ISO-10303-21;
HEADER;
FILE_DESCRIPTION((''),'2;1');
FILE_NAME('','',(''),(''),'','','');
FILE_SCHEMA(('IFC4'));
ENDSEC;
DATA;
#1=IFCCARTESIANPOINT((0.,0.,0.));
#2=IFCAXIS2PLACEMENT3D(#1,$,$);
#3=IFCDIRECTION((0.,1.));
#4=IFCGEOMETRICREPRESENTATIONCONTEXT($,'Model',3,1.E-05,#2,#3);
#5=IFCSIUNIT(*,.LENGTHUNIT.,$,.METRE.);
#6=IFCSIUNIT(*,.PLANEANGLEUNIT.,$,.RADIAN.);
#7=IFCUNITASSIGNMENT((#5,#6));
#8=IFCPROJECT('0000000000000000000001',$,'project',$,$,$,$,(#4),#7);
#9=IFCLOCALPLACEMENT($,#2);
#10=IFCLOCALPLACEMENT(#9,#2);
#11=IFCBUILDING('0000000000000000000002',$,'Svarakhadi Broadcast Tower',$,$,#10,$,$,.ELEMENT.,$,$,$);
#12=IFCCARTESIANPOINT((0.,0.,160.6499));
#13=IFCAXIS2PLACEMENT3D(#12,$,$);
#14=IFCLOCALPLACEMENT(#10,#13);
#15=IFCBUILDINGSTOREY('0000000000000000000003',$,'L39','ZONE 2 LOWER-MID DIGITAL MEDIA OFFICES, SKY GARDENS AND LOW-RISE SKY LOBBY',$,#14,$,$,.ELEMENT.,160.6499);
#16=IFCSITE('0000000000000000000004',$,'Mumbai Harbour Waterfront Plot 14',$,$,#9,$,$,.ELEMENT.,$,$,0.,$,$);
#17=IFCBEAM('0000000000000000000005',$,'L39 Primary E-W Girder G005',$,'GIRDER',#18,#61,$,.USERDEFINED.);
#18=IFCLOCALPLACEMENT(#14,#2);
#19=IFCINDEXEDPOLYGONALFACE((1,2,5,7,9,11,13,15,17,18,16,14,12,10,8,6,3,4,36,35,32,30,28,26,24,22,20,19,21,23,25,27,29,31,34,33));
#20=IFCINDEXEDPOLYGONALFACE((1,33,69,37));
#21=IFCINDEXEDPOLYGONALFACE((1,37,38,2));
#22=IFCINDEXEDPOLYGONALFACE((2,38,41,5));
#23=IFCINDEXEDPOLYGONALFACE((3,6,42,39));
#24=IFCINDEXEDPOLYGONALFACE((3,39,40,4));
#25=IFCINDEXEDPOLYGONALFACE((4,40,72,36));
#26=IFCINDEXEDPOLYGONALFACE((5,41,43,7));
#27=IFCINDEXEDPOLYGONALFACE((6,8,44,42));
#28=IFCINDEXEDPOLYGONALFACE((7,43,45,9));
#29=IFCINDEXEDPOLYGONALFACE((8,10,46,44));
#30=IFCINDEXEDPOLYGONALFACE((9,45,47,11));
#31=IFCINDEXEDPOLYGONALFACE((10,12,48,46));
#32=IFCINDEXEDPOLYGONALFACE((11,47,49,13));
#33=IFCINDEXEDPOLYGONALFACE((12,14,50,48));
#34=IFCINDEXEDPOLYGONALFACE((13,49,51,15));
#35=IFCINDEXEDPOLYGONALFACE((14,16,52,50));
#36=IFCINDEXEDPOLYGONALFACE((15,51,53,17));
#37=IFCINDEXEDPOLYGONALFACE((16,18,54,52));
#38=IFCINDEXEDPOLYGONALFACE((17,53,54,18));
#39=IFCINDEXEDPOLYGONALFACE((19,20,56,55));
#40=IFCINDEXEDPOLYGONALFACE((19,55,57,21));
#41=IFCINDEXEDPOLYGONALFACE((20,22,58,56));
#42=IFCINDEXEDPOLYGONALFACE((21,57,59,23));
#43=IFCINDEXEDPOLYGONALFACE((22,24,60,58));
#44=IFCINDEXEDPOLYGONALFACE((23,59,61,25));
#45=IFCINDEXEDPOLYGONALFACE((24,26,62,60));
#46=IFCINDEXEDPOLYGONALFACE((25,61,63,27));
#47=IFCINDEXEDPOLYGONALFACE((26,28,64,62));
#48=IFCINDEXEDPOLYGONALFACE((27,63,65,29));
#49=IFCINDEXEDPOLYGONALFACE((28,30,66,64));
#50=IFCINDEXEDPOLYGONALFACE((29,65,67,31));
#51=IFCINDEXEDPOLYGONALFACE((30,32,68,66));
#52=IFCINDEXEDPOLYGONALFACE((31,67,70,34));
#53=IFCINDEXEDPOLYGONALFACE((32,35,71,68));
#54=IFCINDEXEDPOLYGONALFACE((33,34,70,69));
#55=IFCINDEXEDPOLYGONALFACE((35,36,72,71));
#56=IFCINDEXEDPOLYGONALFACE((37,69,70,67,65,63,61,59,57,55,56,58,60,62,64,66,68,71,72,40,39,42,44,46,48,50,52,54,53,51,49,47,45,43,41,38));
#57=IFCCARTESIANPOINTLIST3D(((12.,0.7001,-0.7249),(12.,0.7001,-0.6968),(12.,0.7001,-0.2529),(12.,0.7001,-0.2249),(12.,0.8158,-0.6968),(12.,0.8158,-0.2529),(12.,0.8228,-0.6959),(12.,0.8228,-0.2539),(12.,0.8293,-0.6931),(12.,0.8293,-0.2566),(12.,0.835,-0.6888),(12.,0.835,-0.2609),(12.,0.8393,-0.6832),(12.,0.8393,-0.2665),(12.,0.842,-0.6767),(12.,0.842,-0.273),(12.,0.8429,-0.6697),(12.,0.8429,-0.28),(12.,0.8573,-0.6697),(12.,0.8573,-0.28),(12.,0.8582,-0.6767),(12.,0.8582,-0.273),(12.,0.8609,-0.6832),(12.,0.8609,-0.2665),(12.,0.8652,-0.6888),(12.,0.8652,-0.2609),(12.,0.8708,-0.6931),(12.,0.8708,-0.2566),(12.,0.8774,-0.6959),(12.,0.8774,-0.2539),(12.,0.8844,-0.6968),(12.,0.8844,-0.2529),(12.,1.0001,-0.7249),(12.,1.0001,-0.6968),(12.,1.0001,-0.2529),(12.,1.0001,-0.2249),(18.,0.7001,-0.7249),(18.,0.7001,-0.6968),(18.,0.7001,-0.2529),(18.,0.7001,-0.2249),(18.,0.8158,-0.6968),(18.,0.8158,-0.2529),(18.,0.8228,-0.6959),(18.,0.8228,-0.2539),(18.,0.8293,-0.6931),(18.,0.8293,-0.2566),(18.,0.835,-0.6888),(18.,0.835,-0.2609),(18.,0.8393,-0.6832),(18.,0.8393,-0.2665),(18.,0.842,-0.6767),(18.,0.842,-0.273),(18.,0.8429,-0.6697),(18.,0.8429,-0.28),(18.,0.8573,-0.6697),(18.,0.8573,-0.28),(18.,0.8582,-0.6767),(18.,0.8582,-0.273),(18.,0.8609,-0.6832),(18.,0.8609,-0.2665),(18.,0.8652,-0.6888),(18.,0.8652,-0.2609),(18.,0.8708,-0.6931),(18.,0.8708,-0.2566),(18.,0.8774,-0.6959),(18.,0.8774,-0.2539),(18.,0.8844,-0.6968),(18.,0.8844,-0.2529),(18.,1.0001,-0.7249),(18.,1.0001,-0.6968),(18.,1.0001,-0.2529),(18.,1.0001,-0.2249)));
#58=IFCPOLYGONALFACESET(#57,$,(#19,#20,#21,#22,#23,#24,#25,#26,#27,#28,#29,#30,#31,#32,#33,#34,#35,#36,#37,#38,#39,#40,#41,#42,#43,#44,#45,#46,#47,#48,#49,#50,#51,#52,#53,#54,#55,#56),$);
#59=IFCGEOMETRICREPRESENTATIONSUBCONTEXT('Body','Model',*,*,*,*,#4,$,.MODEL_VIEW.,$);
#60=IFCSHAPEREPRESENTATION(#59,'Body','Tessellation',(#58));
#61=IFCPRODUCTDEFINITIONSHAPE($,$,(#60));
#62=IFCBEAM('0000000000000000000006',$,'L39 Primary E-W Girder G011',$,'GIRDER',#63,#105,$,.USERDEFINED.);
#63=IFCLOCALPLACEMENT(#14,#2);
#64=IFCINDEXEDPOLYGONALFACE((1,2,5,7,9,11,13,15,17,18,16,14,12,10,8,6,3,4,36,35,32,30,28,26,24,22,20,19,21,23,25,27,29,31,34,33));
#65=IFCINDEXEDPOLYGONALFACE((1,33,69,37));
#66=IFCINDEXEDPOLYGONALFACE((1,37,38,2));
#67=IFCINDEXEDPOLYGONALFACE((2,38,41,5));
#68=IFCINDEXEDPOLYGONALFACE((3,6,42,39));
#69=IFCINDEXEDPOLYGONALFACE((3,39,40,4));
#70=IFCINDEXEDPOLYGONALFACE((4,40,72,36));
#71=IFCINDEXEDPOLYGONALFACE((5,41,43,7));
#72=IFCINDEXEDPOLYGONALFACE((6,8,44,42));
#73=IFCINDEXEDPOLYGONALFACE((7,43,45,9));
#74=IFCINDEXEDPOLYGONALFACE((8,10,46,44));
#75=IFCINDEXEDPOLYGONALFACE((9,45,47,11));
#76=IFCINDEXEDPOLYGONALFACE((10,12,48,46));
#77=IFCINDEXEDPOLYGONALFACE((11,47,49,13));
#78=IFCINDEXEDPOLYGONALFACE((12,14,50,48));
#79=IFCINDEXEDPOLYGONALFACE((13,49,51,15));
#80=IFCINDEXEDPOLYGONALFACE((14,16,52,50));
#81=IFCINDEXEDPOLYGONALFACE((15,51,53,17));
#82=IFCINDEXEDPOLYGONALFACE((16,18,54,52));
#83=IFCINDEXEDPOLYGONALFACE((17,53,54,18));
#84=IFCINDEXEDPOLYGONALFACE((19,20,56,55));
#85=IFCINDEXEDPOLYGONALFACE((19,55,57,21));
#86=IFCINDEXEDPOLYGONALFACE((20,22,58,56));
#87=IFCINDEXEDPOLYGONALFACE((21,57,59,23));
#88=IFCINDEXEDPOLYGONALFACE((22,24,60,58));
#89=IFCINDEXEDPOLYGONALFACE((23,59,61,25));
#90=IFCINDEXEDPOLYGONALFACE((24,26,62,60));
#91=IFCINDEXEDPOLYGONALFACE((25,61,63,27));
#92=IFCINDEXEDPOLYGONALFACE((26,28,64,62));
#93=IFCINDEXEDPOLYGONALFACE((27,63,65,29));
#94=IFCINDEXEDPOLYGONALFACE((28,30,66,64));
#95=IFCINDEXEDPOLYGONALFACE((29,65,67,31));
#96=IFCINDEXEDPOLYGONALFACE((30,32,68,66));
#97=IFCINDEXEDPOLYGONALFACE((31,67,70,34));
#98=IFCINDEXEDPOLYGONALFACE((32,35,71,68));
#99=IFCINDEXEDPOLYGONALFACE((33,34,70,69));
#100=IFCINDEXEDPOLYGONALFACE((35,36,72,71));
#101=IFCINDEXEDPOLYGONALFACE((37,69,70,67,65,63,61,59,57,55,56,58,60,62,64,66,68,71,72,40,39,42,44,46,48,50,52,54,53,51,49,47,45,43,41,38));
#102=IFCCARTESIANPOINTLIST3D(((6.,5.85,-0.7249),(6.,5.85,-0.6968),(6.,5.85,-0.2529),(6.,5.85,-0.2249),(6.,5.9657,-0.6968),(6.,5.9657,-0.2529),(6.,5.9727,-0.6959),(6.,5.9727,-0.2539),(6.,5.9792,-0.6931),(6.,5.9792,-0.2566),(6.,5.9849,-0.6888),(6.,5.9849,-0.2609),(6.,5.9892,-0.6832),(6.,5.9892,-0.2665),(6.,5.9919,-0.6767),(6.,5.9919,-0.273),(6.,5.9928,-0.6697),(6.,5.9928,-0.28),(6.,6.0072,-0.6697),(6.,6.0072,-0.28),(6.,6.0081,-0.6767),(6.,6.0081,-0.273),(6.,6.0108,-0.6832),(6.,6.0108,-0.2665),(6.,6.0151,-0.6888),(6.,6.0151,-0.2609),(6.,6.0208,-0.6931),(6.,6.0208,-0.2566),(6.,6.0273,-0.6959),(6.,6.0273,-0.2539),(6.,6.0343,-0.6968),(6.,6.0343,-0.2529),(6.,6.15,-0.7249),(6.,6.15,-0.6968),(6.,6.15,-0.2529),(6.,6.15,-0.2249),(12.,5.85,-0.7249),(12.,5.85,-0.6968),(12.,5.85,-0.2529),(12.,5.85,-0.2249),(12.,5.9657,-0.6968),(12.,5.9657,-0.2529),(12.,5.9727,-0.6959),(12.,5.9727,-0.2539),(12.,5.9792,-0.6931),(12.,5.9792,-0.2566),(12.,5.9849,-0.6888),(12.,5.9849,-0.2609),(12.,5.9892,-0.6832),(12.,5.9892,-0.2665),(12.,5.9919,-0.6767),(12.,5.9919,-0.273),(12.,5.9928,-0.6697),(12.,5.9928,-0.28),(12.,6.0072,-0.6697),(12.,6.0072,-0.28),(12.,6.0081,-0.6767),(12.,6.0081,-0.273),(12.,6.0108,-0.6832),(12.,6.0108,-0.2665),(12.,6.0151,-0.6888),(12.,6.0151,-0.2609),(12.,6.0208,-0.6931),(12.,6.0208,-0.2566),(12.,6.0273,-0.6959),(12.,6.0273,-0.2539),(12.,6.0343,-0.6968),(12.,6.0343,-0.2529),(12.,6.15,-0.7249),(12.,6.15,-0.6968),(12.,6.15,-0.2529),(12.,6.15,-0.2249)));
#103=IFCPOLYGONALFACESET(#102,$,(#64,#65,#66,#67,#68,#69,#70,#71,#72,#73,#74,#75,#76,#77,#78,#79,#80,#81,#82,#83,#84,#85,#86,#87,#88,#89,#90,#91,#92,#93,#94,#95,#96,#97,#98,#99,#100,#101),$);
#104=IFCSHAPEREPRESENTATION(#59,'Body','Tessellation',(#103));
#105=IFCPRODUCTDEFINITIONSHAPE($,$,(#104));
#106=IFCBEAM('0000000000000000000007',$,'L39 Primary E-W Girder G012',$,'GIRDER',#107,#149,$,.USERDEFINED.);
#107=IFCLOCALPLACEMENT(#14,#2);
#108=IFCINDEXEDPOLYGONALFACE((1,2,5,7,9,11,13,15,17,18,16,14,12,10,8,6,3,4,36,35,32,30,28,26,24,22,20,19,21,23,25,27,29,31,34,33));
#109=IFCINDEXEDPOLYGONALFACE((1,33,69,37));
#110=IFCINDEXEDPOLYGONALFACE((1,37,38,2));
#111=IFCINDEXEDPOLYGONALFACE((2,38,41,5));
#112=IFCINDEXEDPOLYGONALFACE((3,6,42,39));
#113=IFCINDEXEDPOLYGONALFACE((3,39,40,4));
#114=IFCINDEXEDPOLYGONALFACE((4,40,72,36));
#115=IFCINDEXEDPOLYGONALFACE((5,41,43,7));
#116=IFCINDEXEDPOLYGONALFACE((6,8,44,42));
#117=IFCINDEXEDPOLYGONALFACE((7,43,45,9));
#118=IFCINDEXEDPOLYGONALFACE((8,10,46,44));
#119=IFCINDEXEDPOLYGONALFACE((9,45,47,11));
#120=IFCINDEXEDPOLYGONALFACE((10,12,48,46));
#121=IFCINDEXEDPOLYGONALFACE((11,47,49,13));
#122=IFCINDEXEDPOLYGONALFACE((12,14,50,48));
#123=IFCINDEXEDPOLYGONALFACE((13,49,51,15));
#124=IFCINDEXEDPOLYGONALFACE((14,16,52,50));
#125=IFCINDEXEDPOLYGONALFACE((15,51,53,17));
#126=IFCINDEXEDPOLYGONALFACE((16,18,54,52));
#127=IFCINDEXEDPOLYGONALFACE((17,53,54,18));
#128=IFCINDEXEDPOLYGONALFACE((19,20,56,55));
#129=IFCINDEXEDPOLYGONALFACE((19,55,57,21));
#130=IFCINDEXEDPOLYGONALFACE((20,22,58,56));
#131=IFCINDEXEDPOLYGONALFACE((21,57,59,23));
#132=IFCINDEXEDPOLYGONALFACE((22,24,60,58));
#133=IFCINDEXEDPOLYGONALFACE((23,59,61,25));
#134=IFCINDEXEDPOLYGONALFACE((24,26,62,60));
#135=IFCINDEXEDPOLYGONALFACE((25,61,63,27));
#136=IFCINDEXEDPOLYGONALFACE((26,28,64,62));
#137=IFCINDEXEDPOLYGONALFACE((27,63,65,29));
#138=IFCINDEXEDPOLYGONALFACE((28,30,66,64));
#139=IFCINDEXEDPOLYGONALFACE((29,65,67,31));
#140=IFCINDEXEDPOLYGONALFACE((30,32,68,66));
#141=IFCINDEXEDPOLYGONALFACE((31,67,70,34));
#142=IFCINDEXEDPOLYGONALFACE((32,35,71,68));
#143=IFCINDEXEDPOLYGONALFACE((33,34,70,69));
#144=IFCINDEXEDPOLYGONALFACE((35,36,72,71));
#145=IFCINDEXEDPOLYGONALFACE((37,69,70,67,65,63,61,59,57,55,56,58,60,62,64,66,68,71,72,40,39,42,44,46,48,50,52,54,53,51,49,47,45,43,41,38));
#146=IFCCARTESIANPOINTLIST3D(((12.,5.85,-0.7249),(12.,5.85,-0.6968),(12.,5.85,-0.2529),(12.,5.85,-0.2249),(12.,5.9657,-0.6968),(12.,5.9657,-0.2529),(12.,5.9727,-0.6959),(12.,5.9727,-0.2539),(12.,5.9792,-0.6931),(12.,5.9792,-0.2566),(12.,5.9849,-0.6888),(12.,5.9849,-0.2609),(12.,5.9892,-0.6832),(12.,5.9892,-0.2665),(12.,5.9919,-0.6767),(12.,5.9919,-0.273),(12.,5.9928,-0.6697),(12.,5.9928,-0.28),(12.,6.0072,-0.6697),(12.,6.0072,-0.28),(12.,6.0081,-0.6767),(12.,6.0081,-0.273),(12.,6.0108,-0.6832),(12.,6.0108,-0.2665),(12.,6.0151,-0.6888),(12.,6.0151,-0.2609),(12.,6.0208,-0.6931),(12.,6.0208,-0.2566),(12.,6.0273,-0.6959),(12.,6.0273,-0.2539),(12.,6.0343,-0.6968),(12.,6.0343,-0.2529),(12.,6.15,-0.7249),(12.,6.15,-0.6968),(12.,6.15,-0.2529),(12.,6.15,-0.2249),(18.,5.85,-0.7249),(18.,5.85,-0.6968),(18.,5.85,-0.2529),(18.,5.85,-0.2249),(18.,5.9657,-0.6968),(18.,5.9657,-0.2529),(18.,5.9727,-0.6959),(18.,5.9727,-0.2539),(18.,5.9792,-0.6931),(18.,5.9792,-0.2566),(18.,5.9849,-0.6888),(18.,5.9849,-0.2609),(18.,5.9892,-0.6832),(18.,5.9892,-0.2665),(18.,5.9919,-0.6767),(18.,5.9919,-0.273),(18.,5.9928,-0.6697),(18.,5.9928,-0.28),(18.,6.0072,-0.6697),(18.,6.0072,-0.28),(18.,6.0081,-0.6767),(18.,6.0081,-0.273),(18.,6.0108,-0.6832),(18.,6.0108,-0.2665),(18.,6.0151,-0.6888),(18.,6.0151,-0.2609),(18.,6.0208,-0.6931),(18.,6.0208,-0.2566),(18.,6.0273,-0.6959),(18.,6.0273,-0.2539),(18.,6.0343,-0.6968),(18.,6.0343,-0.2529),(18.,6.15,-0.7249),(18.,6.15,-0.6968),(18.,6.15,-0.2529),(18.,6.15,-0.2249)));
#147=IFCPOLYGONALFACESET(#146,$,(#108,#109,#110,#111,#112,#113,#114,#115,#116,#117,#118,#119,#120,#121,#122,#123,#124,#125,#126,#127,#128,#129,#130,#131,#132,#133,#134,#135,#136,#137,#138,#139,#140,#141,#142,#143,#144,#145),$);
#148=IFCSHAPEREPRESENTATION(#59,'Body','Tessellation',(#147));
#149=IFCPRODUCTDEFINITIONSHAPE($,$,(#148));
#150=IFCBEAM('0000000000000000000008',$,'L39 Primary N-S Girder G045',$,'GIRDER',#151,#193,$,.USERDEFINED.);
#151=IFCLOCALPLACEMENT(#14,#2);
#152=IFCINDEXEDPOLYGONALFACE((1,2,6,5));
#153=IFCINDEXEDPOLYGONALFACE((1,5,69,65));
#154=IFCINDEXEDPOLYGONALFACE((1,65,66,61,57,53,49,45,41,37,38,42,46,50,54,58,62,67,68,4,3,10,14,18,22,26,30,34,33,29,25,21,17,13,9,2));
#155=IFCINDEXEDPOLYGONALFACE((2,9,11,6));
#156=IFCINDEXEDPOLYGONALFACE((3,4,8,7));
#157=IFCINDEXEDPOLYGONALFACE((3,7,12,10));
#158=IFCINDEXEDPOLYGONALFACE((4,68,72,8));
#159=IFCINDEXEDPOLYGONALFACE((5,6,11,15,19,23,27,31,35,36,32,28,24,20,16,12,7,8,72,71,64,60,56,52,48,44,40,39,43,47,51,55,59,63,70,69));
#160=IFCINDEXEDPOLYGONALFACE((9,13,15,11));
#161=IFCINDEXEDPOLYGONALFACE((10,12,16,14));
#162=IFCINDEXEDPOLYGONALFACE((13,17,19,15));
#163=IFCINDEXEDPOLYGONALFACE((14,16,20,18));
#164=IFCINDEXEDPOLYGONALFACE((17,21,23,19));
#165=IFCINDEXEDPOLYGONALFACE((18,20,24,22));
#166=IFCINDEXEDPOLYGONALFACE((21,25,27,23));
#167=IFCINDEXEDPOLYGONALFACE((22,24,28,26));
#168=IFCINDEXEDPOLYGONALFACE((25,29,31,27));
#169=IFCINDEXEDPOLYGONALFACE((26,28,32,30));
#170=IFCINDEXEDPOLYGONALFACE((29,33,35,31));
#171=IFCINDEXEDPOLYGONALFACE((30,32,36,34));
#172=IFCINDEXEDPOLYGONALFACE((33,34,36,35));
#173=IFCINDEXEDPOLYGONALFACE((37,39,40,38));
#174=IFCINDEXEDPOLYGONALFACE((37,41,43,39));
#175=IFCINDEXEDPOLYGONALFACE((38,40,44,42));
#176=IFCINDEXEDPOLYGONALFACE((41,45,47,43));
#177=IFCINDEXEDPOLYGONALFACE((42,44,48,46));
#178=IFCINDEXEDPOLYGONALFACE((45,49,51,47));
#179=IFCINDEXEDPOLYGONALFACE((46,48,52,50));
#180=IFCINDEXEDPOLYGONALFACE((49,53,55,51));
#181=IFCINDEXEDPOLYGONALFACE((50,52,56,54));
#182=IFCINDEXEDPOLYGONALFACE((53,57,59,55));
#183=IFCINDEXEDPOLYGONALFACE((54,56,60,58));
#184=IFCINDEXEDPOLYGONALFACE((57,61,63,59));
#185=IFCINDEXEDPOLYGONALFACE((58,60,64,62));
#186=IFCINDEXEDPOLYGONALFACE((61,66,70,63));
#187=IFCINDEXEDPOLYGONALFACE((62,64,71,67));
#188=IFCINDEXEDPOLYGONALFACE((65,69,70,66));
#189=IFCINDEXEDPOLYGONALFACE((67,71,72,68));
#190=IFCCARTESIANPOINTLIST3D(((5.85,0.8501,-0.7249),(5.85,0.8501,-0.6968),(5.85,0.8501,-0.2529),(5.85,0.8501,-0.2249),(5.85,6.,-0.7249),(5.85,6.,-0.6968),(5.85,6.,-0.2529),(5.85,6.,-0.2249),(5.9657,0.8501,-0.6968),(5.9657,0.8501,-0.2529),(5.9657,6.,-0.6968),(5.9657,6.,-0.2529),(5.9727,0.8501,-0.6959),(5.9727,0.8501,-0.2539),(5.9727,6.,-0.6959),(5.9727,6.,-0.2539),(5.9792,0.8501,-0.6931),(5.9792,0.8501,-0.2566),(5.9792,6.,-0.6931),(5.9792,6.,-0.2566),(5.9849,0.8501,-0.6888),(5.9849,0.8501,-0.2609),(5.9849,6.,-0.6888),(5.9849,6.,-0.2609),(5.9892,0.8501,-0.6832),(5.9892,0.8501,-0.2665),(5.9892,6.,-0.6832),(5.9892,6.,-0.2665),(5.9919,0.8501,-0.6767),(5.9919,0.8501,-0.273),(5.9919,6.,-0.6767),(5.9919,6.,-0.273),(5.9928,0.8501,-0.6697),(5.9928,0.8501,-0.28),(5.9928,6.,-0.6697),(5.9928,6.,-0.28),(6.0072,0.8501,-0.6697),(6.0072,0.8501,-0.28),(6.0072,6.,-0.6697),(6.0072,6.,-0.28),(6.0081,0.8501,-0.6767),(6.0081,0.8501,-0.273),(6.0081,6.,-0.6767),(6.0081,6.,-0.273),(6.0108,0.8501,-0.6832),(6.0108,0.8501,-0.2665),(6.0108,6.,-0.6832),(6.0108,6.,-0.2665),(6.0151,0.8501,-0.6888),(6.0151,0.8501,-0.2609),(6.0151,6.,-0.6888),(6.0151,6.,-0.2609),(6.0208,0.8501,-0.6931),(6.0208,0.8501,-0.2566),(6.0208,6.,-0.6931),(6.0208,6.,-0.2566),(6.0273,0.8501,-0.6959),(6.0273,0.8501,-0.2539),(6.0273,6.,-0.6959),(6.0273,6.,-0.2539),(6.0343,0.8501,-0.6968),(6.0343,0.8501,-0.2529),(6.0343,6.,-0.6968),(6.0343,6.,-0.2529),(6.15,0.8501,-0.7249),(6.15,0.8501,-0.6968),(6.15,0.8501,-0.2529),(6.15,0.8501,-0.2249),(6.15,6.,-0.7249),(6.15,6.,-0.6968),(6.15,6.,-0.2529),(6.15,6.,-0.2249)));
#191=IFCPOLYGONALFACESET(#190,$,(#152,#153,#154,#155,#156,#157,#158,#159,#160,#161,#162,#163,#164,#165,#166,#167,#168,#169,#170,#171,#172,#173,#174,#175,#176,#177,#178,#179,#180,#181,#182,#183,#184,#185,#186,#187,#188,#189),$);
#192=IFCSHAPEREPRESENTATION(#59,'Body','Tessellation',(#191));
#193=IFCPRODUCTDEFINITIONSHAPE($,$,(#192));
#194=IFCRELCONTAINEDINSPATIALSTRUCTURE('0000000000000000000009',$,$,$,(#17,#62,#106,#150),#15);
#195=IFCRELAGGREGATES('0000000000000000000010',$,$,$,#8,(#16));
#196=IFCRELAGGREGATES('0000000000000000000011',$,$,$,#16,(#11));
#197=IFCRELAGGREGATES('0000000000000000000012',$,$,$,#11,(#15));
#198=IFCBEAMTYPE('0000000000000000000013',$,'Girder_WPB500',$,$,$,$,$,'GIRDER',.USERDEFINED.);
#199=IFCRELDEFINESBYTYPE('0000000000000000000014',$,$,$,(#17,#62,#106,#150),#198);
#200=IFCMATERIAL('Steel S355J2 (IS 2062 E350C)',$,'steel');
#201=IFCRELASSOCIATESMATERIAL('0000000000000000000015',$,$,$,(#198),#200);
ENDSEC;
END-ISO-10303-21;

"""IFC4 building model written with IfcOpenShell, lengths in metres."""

from ifc_helpers import new_model, si_unit, direction, frame, origin, origin_2d, place, context, subcontext, project, spatial, i_section, extrude, material, material_profile, profile_set, type_object, element, save


model = new_model("IFC4")

# Units and contexts
model_context = context("Model", 3, precision=1e-05, world=origin(), true_north=direction((0.0, 1.0)))
body_context = subcontext(model_context, "Body", "Model", "MODEL_VIEW")
ifc_project = project(units=[si_unit("LENGTHUNIT", "METRE"), si_unit("PLANEANGLEUNIT", "RADIAN")], contexts=[model_context])

# Site, building, storey
site_placement = place(None, origin())
site = spatial("IfcSite", under=ifc_project, at=site_placement, Name="Mumbai Harbour Waterfront Plot 14", CompositionType="ELEMENT", RefElevation=0.0)
building_placement = place(site_placement, origin())
building = spatial("IfcBuilding", under=site, at=building_placement, Name="Svarakhadi Broadcast Tower", CompositionType="ELEMENT")
storey_placement = place(building_placement, frame((0.0, 0.0, 160.6499)))
storey = spatial("IfcBuildingStorey", under=building, at=storey_placement, Name="L39", Description="ZONE 2 LOWER-MID DIGITAL MEDIA OFFICES, SKY GARDENS AND LOW-RISE SKY LOBBY", CompositionType="ELEMENT", Elevation=160.6499)

# Shared definitions
ifc_material_1 = material(Name="Steel S355J2 (IS 2062 E350C)", Category="steel")

# Beams
ifc_material_profile_1 = material_profile(ifc_material_1, i_section(OverallWidth=0.3, OverallDepth=0.5, WebThickness=0.0144, FlangeThickness=0.0281, FilletRadius=0.0271, at=origin_2d()), Name="WPB 500x300x187")
ifc_profile_set_1 = profile_set([ifc_material_profile_1], Name="Steel S355J2 (IS 2062 E350C)")
beam_type_1 = type_object("IfcBeamType", Name="Girder_WPB500", ElementType="GIRDER", PredefinedType="USERDEFINED", material=ifc_profile_set_1)
for number, where, z_axis, x_axis, name in (
    (1, (12.0, 0.8501, -0.4749), (1.0, 0.0, 0.0), (0.0, 1.0, 0.0), "L39 Primary E-W Girder G005"),
    (2, (6.0, 6.0, -0.4749), (1.0, 0.0, 0.0), (0.0, 1.0, 0.0), "L39 Primary E-W Girder G011"),
    (3, (12.0, 6.0, -0.4749), (1.0, 0.0, 0.0), (0.0, 1.0, 0.0), "L39 Primary E-W Girder G012"),
):
    element("IfcBeam", number, at=place(storey_placement, frame(where, z_axis=z_axis, x_axis=x_axis)), inside=storey, type_object=beam_type_1, Name=name, ObjectType="GIRDER", PredefinedType="USERDEFINED", context=body_context, shape_type="SweptSolid", body=[
        extrude(i_section(OverallWidth=0.3, OverallDepth=0.5, WebThickness=0.0144, FlangeThickness=0.0281, FilletRadius=0.0271, at=origin_2d()), origin(), (0.0, 0.0, 1.0), 6.0),
    ])
beam_1_placement = place(storey_placement, frame((6.0, 0.8501, -0.4749), z_axis=(0.0, 1.0, 0.0), x_axis=(-1.0, 0.0, 0.0)))
element("IfcBeam", 4, at=beam_1_placement, inside=storey, type_object=beam_type_1, Name="L39 Primary N-S Girder G045", ObjectType="GIRDER", PredefinedType="USERDEFINED", context=body_context, shape_type="SweptSolid", body=[
    extrude(i_section(OverallWidth=0.3, OverallDepth=0.5, WebThickness=0.0144, FlangeThickness=0.0281, FilletRadius=0.0271, at=origin_2d()), origin(), (0.0, 0.0, 1.0), 5.1499),
])

save(model, "model.ifc")
